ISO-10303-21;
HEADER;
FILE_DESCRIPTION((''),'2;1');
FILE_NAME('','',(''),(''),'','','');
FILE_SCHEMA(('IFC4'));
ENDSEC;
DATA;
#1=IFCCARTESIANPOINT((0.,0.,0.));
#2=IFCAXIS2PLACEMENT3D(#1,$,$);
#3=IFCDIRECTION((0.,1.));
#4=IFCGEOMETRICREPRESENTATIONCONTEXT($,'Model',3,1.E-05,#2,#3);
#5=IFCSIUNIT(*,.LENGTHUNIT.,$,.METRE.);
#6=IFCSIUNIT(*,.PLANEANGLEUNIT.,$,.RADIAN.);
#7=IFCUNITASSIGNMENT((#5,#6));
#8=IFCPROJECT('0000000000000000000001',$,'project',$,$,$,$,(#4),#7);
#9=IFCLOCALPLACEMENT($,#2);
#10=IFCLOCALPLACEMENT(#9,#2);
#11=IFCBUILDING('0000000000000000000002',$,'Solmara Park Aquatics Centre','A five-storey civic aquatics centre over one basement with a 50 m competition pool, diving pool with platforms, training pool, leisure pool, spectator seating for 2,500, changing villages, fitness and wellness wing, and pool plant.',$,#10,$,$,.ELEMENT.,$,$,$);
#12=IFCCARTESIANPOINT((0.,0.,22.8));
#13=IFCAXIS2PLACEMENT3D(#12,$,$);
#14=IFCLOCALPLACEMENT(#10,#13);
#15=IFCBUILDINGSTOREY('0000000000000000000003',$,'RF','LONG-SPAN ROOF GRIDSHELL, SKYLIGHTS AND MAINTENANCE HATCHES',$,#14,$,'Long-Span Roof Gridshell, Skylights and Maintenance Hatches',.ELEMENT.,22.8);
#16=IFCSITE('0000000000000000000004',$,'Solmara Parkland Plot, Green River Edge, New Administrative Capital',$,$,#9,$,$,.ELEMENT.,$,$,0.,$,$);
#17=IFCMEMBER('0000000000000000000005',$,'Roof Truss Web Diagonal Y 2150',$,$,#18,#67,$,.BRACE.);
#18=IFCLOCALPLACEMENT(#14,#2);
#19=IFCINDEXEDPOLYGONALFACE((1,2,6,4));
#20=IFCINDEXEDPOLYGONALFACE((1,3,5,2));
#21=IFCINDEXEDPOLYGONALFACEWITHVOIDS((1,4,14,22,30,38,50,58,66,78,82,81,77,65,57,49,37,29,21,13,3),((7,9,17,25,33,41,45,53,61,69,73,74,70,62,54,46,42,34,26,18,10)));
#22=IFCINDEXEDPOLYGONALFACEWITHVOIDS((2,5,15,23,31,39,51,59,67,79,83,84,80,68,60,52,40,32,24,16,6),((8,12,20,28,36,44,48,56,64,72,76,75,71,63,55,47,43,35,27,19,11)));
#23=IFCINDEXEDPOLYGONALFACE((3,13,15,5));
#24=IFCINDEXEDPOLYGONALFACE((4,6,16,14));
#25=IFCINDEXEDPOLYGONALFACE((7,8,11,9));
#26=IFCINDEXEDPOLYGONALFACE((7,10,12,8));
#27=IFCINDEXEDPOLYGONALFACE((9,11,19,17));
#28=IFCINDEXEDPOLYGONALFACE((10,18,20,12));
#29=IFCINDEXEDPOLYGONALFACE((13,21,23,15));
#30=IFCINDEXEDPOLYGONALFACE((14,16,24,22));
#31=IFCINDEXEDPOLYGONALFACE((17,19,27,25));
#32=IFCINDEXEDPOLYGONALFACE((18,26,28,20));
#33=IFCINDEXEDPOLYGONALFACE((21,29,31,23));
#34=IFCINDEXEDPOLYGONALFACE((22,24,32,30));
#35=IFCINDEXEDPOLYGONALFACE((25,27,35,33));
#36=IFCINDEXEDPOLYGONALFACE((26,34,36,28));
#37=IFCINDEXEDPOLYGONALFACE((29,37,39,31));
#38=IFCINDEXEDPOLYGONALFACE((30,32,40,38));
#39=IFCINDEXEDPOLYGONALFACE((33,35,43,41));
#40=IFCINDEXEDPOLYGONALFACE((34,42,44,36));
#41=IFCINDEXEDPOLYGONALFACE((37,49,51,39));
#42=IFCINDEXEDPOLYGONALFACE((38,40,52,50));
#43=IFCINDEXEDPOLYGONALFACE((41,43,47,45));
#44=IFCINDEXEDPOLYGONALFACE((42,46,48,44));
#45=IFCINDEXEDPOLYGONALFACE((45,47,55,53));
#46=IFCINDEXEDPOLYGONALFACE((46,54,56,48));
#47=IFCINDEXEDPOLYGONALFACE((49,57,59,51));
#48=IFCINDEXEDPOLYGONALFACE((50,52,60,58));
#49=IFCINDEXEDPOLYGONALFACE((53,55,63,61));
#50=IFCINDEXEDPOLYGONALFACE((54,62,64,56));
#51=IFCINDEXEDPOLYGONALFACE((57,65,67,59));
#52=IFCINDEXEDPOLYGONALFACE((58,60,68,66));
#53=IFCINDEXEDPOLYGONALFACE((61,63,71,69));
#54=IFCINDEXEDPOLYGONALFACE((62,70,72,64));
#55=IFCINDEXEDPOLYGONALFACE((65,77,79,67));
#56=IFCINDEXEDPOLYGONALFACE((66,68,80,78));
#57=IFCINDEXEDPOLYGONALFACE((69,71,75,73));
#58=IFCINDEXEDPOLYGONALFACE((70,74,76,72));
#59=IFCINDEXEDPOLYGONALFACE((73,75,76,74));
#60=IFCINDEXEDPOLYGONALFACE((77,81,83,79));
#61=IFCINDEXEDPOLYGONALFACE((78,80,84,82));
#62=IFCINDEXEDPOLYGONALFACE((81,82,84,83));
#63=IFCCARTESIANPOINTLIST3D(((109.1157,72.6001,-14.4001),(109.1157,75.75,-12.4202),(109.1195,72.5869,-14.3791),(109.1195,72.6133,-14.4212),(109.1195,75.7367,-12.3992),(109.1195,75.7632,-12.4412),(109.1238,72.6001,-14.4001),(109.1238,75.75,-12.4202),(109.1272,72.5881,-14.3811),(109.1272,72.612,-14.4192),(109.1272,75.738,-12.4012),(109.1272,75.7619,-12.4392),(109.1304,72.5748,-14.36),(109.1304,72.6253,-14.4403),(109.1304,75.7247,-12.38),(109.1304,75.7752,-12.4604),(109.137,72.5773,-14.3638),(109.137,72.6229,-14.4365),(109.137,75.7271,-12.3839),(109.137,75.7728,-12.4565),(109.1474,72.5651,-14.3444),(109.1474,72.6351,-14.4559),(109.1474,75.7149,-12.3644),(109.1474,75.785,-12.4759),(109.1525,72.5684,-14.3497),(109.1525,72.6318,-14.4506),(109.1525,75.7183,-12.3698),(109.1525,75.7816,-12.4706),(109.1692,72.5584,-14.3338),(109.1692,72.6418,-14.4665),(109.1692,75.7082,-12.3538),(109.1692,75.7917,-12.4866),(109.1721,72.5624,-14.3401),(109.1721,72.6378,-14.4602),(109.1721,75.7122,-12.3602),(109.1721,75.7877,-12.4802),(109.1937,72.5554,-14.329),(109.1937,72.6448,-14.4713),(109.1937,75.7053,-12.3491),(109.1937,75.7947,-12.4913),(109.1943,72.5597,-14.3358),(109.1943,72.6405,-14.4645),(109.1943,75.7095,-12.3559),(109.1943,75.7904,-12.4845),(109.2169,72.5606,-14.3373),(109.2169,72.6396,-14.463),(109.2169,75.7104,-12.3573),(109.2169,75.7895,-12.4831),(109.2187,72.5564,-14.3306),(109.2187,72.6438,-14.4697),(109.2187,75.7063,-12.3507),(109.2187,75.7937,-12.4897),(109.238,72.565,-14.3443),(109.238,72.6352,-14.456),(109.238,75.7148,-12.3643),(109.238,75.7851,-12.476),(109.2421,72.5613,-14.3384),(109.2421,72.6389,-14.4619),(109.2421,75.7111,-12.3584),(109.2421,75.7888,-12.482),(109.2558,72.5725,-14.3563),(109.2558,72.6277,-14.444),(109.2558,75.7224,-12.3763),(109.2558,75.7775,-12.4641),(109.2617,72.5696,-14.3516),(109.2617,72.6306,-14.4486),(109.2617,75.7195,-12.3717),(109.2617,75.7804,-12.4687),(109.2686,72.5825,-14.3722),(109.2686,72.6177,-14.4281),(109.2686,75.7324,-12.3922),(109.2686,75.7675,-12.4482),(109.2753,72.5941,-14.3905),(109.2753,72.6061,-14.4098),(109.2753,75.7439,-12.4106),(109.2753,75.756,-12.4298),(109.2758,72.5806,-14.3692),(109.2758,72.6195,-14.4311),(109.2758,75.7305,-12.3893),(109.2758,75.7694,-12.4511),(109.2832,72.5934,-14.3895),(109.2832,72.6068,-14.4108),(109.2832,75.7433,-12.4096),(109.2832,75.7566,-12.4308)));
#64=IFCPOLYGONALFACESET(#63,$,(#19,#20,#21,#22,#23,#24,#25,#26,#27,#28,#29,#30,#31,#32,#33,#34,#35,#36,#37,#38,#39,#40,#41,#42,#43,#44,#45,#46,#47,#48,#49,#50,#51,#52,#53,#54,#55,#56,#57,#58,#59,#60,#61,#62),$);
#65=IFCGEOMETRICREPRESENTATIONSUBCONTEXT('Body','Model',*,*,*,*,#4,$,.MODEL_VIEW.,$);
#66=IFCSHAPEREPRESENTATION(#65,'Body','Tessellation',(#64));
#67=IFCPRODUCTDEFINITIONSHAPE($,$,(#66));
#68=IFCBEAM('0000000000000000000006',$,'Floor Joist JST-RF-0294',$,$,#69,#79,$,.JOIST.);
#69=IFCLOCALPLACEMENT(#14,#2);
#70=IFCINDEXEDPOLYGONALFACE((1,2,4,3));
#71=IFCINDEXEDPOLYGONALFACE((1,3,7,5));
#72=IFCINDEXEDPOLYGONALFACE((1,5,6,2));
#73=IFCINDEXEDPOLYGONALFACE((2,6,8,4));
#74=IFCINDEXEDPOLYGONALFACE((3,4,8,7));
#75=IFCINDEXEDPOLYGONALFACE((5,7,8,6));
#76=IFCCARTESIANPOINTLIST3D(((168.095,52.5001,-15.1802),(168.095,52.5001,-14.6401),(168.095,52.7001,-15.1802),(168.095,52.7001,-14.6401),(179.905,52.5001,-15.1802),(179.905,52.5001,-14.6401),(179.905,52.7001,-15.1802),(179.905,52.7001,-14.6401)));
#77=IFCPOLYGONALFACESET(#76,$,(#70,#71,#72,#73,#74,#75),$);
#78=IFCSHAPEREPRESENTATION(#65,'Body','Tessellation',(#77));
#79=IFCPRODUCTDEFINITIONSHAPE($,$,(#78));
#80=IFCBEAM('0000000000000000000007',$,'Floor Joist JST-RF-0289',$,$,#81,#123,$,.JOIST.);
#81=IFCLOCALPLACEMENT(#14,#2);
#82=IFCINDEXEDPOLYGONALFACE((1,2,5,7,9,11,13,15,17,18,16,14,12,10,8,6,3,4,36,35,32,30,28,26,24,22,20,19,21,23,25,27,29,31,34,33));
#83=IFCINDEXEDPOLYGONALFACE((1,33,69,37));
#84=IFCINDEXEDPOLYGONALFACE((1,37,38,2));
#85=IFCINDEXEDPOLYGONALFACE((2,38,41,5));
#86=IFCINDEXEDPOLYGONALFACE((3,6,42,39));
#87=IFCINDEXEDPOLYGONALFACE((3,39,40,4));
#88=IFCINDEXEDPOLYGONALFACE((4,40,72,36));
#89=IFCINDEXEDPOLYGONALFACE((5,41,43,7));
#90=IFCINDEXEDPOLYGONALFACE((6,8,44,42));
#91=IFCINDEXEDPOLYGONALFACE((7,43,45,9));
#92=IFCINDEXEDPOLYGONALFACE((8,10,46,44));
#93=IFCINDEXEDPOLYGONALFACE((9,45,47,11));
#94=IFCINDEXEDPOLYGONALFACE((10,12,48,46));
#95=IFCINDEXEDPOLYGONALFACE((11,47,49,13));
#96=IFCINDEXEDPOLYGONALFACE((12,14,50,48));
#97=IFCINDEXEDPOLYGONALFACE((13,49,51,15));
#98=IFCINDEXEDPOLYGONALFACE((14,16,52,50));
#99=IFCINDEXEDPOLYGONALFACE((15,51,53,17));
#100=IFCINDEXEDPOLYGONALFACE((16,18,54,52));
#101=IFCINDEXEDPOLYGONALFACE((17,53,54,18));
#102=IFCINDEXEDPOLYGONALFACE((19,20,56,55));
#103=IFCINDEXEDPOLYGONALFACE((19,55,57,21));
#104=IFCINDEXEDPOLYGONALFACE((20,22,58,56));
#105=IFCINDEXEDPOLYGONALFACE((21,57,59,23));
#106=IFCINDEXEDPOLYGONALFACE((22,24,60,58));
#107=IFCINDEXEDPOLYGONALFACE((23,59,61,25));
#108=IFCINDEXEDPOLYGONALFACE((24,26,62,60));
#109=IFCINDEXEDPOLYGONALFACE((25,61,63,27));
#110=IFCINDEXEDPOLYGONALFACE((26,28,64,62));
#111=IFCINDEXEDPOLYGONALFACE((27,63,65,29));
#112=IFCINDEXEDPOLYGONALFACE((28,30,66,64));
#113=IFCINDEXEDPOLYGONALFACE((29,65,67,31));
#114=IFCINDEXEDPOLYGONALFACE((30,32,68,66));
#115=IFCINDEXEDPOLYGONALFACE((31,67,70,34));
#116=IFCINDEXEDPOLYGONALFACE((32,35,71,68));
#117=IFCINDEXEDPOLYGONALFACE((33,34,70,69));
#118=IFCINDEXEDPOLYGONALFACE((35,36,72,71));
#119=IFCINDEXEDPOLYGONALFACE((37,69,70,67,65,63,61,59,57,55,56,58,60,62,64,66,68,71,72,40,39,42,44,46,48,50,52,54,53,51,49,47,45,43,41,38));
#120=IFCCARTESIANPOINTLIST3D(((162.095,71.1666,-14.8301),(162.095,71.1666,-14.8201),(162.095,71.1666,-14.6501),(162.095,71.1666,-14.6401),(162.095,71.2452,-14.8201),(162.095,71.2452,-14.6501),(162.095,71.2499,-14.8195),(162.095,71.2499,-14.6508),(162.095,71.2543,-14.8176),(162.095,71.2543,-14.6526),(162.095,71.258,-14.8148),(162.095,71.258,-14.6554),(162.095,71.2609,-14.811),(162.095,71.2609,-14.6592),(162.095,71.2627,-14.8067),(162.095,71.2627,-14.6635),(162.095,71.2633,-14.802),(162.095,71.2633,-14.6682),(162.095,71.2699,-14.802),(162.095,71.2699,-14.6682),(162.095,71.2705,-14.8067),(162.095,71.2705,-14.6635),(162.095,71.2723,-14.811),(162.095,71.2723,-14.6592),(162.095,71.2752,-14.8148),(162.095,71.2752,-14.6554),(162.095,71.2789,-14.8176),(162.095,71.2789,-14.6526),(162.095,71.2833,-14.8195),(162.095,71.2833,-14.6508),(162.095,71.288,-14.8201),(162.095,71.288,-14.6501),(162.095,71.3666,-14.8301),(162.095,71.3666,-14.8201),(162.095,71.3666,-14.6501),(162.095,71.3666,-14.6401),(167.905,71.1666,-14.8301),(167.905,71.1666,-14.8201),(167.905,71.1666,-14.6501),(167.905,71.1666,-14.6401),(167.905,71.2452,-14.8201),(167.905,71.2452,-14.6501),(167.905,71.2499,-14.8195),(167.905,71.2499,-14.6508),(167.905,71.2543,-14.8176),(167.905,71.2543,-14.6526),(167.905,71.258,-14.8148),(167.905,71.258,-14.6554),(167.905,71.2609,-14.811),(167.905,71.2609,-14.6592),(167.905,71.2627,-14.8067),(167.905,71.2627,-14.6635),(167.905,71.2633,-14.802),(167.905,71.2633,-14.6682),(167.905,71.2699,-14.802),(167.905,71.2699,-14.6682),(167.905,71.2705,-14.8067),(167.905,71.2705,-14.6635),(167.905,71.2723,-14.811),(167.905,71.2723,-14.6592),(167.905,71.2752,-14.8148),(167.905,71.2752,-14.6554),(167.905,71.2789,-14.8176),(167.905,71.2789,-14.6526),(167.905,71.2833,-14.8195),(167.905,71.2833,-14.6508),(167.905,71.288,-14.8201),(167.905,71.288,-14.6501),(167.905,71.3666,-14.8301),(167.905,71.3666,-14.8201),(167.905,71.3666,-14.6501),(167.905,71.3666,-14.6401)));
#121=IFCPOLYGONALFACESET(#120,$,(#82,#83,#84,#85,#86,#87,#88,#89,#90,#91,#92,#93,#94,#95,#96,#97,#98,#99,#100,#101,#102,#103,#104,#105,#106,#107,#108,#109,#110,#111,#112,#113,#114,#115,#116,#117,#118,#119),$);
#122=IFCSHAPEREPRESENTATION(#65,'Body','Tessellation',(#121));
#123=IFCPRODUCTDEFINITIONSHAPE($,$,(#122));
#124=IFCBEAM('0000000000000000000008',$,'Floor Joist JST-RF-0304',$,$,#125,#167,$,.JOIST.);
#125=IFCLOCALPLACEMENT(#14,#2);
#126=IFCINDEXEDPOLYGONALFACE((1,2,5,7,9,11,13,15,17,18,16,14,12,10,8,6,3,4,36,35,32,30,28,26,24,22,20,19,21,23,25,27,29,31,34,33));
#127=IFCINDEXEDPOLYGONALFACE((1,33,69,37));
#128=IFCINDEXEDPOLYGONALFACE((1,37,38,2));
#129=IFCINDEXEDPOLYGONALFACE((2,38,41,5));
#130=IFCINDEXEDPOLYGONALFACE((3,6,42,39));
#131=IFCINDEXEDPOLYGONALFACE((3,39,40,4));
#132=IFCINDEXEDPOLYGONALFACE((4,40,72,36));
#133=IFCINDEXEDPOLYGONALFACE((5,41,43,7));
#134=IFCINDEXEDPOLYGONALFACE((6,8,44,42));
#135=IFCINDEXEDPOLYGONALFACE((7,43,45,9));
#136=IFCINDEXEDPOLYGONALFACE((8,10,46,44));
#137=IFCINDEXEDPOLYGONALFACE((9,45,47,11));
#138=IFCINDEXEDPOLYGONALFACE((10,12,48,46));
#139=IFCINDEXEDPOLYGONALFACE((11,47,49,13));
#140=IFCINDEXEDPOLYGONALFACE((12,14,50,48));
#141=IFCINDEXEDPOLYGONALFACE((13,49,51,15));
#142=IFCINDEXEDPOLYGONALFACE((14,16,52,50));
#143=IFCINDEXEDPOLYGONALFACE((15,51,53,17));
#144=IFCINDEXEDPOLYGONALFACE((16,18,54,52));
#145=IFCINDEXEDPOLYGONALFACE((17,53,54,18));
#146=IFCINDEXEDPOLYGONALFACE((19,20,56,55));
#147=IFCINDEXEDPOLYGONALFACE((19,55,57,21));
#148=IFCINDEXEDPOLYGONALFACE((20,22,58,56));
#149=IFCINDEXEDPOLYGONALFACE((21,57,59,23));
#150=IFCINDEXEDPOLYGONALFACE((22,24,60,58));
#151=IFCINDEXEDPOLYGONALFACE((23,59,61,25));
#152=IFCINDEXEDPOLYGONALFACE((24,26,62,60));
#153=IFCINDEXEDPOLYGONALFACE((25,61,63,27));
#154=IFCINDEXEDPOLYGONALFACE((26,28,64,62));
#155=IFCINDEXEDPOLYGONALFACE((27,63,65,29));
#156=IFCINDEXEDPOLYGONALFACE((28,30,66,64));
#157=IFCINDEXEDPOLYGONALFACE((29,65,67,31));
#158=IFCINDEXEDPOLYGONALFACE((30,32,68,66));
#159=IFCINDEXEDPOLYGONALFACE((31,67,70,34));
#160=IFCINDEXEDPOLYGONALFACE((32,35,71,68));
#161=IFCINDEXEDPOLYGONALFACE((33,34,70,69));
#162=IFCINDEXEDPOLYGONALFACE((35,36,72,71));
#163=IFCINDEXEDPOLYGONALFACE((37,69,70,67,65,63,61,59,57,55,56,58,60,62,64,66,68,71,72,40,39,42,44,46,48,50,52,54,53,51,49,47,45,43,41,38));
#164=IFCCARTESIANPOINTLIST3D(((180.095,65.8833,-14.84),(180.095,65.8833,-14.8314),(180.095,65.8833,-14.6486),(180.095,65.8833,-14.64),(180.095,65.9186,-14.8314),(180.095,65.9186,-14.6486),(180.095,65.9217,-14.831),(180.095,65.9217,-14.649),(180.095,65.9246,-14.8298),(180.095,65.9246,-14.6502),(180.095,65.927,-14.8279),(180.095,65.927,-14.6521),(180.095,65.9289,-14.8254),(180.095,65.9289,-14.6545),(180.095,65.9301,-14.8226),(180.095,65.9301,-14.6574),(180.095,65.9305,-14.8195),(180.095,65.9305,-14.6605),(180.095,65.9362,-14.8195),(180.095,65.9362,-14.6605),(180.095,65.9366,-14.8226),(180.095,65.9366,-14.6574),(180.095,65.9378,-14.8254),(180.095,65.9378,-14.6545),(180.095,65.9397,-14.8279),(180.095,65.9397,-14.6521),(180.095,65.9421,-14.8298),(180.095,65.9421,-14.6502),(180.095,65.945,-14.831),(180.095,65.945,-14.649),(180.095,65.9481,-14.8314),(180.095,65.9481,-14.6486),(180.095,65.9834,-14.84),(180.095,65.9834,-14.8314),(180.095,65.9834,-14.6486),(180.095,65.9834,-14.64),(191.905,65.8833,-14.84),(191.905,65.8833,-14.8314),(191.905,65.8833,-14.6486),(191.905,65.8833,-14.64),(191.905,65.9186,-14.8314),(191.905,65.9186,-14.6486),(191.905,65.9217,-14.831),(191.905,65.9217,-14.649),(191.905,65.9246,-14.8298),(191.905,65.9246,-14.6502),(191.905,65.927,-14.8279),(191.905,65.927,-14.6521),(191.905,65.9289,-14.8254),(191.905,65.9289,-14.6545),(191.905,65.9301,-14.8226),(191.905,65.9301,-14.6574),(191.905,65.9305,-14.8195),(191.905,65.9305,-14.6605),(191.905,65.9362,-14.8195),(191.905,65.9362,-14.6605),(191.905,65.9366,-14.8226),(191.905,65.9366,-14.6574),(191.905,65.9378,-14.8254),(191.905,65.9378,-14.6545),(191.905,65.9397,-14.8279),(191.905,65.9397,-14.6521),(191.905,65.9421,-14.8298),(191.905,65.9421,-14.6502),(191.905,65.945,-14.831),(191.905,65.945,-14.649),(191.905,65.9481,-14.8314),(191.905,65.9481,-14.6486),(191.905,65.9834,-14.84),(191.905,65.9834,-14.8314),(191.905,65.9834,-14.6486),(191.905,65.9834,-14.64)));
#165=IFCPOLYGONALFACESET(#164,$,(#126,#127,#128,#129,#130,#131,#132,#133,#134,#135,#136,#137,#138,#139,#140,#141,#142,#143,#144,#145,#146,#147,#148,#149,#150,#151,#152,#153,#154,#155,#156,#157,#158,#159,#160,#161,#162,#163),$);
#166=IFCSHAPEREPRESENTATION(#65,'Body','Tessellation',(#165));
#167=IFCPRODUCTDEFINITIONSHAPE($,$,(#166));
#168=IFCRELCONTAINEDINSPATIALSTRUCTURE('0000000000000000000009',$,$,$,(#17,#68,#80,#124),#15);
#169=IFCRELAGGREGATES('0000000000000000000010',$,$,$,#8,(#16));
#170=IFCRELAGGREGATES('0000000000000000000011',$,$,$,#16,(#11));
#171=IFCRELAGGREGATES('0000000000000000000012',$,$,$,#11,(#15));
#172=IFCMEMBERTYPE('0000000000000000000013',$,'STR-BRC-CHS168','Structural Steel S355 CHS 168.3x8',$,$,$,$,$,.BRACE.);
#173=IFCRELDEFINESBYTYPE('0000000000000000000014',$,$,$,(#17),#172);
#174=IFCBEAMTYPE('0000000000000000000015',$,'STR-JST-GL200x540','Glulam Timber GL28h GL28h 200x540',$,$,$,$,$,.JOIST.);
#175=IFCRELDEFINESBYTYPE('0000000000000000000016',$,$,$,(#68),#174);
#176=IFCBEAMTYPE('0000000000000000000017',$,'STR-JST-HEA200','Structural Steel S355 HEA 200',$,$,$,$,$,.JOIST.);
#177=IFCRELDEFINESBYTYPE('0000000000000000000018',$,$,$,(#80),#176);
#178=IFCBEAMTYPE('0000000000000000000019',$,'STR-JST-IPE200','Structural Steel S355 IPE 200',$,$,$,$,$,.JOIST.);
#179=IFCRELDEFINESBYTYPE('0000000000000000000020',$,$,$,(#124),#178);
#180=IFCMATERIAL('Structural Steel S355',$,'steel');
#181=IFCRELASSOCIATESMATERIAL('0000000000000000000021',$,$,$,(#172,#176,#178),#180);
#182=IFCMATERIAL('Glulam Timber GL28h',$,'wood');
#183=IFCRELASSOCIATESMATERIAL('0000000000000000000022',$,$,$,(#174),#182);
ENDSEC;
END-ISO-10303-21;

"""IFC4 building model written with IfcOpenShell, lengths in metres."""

from ifc_helpers import new_model, si_unit, direction, frame, origin, origin_2d, place, context, subcontext, project, spatial, rectangle, hollow_circle, i_section, extrude, material, material_profile, profile_set, type_object, element, save


model = new_model("IFC4")

# Units and contexts
model_context = context("Model", 3, precision=1e-05, world=origin(), true_north=direction((0.0, 1.0)))
body_context = subcontext(model_context, "Body", "Model", "MODEL_VIEW")
ifc_project = project(units=[si_unit("LENGTHUNIT", "METRE"), si_unit("PLANEANGLEUNIT", "RADIAN")], contexts=[model_context])

# Site, building, storey
site_placement = place(None, origin())
site = spatial("IfcSite", under=ifc_project, at=site_placement, Name="Solmara Parkland Plot, Green River Edge, New Administrative Capital", CompositionType="ELEMENT", RefElevation=0.0)
building_placement = place(site_placement, origin())
building = spatial("IfcBuilding", under=site, at=building_placement, Name="Solmara Park Aquatics Centre", Description="A five-storey civic aquatics centre over one basement with a 50 m competition pool, diving pool with platforms, training pool, leisure pool, spectator seating for 2,500, changing villages, fitness and wellness wing, and pool plant.", CompositionType="ELEMENT")
storey_placement = place(building_placement, frame((0.0, 0.0, 22.8)))
storey = spatial("IfcBuildingStorey", under=building, at=storey_placement, Name="RF", Description="LONG-SPAN ROOF GRIDSHELL, SKYLIGHTS AND MAINTENANCE HATCHES", LongName="Long-Span Roof Gridshell, Skylights and Maintenance Hatches", CompositionType="ELEMENT", Elevation=22.8)

# Shared definitions
ifc_material_1 = material(Name="Structural Steel S355", Category="steel")

# Member
ifc_material_profile_1 = material_profile(ifc_material_1, hollow_circle(Radius=0.0842, WallThickness=0.0081, at=origin_2d()), Name="CHS 168.3x8")
ifc_profile_set_1 = profile_set([ifc_material_profile_1], Name="Structural Steel S355")
member_type = type_object("IfcMemberType", Name="STR-BRC-CHS168", Description="Structural Steel S355 CHS 168.3x8", PredefinedType="BRACE", material=ifc_profile_set_1)
member_placement = place(storey_placement, frame((109.2, 72.6001, -14.4001), z_axis=(0.0, 0.846631, 0.53218), x_axis=(-1.0, 0.0, 0.0)))
element("IfcMember", 1, at=member_placement, inside=storey, type_object=member_type, Name="Roof Truss Web Diagonal Y 2150", PredefinedType="BRACE", context=body_context, shape_type="SweptSolid", body=[
    extrude(hollow_circle(Radius=0.0842, WallThickness=0.0081, at=origin_2d()), origin(), (0.0, 0.0, 1.0), 3.7205),
])

# Beams
ifc_material_2 = material(Name="Glulam Timber GL28h", Category="wood")
ifc_material_profile_2 = material_profile(ifc_material_2, rectangle(XDim=0.2, YDim=0.54, at=origin_2d()), Name="GL28h 200x540")
ifc_profile_set_2 = profile_set([ifc_material_profile_2], Name="Glulam Timber GL28h")
beam_type_1 = type_object("IfcBeamType", Name="STR-JST-GL200x540", Description="Glulam Timber GL28h GL28h 200x540", PredefinedType="JOIST", material=ifc_profile_set_2)
beam_1_placement = place(storey_placement, frame((168.095, 52.6001, -14.9102), z_axis=(1.0, 0.0, 0.0), x_axis=(0.0, 1.0, 0.0)))
element("IfcBeam", 2, at=beam_1_placement, inside=storey, type_object=beam_type_1, Name="Floor Joist JST-RF-0294", PredefinedType="JOIST", context=body_context, shape_type="SweptSolid", body=[
    extrude(rectangle(XDim=0.2, YDim=0.54, at=origin_2d()), origin(), (0.0, 0.0, 1.0), 11.8101),
])
ifc_material_profile_3 = material_profile(ifc_material_1, i_section(OverallWidth=0.2, OverallDepth=0.1899, WebThickness=0.0066, FlangeThickness=0.01, FilletRadius=0.0181, at=origin_2d()), Name="HEA 200")
ifc_profile_set_3 = profile_set([ifc_material_profile_3], Name="Structural Steel S355")
beam_type_2 = type_object("IfcBeamType", Name="STR-JST-HEA200", Description="Structural Steel S355 HEA 200", PredefinedType="JOIST", material=ifc_profile_set_3)
beam_2_placement = place(storey_placement, frame((162.095, 71.2666, -14.7351), z_axis=(1.0, 0.0, 0.0), x_axis=(0.0, 1.0, 0.0)))
element("IfcBeam", 3, at=beam_2_placement, inside=storey, type_object=beam_type_2, Name="Floor Joist JST-RF-0289", PredefinedType="JOIST", context=body_context, shape_type="SweptSolid", body=[
    extrude(i_section(OverallWidth=0.2, OverallDepth=0.1899, WebThickness=0.0066, FlangeThickness=0.01, FilletRadius=0.0181, at=origin_2d()), origin(), (0.0, 0.0, 1.0), 5.8101),
])
ifc_material_profile_4 = material_profile(ifc_material_1, i_section(OverallWidth=0.1001, OverallDepth=0.2, WebThickness=0.0056, FlangeThickness=0.0085, FilletRadius=0.012, at=origin_2d()), Name="IPE 200")
ifc_profile_set_4 = profile_set([ifc_material_profile_4], Name="Structural Steel S355")
beam_type_3 = type_object("IfcBeamType", Name="STR-JST-IPE200", Description="Structural Steel S355 IPE 200", PredefinedType="JOIST", material=ifc_profile_set_4)
beam_3_placement = place(storey_placement, frame((180.095, 65.9333, -14.74), z_axis=(1.0, 0.0, 0.0), x_axis=(0.0, 1.0, 0.0)))
element("IfcBeam", 4, at=beam_3_placement, inside=storey, type_object=beam_type_3, Name="Floor Joist JST-RF-0304", PredefinedType="JOIST", context=body_context, shape_type="SweptSolid", body=[
    extrude(i_section(OverallWidth=0.1001, OverallDepth=0.2, WebThickness=0.0056, FlangeThickness=0.0085, FilletRadius=0.012, at=origin_2d()), origin(), (0.0, 0.0, 1.0), 11.8101),
])

save(model, "model.ifc")
